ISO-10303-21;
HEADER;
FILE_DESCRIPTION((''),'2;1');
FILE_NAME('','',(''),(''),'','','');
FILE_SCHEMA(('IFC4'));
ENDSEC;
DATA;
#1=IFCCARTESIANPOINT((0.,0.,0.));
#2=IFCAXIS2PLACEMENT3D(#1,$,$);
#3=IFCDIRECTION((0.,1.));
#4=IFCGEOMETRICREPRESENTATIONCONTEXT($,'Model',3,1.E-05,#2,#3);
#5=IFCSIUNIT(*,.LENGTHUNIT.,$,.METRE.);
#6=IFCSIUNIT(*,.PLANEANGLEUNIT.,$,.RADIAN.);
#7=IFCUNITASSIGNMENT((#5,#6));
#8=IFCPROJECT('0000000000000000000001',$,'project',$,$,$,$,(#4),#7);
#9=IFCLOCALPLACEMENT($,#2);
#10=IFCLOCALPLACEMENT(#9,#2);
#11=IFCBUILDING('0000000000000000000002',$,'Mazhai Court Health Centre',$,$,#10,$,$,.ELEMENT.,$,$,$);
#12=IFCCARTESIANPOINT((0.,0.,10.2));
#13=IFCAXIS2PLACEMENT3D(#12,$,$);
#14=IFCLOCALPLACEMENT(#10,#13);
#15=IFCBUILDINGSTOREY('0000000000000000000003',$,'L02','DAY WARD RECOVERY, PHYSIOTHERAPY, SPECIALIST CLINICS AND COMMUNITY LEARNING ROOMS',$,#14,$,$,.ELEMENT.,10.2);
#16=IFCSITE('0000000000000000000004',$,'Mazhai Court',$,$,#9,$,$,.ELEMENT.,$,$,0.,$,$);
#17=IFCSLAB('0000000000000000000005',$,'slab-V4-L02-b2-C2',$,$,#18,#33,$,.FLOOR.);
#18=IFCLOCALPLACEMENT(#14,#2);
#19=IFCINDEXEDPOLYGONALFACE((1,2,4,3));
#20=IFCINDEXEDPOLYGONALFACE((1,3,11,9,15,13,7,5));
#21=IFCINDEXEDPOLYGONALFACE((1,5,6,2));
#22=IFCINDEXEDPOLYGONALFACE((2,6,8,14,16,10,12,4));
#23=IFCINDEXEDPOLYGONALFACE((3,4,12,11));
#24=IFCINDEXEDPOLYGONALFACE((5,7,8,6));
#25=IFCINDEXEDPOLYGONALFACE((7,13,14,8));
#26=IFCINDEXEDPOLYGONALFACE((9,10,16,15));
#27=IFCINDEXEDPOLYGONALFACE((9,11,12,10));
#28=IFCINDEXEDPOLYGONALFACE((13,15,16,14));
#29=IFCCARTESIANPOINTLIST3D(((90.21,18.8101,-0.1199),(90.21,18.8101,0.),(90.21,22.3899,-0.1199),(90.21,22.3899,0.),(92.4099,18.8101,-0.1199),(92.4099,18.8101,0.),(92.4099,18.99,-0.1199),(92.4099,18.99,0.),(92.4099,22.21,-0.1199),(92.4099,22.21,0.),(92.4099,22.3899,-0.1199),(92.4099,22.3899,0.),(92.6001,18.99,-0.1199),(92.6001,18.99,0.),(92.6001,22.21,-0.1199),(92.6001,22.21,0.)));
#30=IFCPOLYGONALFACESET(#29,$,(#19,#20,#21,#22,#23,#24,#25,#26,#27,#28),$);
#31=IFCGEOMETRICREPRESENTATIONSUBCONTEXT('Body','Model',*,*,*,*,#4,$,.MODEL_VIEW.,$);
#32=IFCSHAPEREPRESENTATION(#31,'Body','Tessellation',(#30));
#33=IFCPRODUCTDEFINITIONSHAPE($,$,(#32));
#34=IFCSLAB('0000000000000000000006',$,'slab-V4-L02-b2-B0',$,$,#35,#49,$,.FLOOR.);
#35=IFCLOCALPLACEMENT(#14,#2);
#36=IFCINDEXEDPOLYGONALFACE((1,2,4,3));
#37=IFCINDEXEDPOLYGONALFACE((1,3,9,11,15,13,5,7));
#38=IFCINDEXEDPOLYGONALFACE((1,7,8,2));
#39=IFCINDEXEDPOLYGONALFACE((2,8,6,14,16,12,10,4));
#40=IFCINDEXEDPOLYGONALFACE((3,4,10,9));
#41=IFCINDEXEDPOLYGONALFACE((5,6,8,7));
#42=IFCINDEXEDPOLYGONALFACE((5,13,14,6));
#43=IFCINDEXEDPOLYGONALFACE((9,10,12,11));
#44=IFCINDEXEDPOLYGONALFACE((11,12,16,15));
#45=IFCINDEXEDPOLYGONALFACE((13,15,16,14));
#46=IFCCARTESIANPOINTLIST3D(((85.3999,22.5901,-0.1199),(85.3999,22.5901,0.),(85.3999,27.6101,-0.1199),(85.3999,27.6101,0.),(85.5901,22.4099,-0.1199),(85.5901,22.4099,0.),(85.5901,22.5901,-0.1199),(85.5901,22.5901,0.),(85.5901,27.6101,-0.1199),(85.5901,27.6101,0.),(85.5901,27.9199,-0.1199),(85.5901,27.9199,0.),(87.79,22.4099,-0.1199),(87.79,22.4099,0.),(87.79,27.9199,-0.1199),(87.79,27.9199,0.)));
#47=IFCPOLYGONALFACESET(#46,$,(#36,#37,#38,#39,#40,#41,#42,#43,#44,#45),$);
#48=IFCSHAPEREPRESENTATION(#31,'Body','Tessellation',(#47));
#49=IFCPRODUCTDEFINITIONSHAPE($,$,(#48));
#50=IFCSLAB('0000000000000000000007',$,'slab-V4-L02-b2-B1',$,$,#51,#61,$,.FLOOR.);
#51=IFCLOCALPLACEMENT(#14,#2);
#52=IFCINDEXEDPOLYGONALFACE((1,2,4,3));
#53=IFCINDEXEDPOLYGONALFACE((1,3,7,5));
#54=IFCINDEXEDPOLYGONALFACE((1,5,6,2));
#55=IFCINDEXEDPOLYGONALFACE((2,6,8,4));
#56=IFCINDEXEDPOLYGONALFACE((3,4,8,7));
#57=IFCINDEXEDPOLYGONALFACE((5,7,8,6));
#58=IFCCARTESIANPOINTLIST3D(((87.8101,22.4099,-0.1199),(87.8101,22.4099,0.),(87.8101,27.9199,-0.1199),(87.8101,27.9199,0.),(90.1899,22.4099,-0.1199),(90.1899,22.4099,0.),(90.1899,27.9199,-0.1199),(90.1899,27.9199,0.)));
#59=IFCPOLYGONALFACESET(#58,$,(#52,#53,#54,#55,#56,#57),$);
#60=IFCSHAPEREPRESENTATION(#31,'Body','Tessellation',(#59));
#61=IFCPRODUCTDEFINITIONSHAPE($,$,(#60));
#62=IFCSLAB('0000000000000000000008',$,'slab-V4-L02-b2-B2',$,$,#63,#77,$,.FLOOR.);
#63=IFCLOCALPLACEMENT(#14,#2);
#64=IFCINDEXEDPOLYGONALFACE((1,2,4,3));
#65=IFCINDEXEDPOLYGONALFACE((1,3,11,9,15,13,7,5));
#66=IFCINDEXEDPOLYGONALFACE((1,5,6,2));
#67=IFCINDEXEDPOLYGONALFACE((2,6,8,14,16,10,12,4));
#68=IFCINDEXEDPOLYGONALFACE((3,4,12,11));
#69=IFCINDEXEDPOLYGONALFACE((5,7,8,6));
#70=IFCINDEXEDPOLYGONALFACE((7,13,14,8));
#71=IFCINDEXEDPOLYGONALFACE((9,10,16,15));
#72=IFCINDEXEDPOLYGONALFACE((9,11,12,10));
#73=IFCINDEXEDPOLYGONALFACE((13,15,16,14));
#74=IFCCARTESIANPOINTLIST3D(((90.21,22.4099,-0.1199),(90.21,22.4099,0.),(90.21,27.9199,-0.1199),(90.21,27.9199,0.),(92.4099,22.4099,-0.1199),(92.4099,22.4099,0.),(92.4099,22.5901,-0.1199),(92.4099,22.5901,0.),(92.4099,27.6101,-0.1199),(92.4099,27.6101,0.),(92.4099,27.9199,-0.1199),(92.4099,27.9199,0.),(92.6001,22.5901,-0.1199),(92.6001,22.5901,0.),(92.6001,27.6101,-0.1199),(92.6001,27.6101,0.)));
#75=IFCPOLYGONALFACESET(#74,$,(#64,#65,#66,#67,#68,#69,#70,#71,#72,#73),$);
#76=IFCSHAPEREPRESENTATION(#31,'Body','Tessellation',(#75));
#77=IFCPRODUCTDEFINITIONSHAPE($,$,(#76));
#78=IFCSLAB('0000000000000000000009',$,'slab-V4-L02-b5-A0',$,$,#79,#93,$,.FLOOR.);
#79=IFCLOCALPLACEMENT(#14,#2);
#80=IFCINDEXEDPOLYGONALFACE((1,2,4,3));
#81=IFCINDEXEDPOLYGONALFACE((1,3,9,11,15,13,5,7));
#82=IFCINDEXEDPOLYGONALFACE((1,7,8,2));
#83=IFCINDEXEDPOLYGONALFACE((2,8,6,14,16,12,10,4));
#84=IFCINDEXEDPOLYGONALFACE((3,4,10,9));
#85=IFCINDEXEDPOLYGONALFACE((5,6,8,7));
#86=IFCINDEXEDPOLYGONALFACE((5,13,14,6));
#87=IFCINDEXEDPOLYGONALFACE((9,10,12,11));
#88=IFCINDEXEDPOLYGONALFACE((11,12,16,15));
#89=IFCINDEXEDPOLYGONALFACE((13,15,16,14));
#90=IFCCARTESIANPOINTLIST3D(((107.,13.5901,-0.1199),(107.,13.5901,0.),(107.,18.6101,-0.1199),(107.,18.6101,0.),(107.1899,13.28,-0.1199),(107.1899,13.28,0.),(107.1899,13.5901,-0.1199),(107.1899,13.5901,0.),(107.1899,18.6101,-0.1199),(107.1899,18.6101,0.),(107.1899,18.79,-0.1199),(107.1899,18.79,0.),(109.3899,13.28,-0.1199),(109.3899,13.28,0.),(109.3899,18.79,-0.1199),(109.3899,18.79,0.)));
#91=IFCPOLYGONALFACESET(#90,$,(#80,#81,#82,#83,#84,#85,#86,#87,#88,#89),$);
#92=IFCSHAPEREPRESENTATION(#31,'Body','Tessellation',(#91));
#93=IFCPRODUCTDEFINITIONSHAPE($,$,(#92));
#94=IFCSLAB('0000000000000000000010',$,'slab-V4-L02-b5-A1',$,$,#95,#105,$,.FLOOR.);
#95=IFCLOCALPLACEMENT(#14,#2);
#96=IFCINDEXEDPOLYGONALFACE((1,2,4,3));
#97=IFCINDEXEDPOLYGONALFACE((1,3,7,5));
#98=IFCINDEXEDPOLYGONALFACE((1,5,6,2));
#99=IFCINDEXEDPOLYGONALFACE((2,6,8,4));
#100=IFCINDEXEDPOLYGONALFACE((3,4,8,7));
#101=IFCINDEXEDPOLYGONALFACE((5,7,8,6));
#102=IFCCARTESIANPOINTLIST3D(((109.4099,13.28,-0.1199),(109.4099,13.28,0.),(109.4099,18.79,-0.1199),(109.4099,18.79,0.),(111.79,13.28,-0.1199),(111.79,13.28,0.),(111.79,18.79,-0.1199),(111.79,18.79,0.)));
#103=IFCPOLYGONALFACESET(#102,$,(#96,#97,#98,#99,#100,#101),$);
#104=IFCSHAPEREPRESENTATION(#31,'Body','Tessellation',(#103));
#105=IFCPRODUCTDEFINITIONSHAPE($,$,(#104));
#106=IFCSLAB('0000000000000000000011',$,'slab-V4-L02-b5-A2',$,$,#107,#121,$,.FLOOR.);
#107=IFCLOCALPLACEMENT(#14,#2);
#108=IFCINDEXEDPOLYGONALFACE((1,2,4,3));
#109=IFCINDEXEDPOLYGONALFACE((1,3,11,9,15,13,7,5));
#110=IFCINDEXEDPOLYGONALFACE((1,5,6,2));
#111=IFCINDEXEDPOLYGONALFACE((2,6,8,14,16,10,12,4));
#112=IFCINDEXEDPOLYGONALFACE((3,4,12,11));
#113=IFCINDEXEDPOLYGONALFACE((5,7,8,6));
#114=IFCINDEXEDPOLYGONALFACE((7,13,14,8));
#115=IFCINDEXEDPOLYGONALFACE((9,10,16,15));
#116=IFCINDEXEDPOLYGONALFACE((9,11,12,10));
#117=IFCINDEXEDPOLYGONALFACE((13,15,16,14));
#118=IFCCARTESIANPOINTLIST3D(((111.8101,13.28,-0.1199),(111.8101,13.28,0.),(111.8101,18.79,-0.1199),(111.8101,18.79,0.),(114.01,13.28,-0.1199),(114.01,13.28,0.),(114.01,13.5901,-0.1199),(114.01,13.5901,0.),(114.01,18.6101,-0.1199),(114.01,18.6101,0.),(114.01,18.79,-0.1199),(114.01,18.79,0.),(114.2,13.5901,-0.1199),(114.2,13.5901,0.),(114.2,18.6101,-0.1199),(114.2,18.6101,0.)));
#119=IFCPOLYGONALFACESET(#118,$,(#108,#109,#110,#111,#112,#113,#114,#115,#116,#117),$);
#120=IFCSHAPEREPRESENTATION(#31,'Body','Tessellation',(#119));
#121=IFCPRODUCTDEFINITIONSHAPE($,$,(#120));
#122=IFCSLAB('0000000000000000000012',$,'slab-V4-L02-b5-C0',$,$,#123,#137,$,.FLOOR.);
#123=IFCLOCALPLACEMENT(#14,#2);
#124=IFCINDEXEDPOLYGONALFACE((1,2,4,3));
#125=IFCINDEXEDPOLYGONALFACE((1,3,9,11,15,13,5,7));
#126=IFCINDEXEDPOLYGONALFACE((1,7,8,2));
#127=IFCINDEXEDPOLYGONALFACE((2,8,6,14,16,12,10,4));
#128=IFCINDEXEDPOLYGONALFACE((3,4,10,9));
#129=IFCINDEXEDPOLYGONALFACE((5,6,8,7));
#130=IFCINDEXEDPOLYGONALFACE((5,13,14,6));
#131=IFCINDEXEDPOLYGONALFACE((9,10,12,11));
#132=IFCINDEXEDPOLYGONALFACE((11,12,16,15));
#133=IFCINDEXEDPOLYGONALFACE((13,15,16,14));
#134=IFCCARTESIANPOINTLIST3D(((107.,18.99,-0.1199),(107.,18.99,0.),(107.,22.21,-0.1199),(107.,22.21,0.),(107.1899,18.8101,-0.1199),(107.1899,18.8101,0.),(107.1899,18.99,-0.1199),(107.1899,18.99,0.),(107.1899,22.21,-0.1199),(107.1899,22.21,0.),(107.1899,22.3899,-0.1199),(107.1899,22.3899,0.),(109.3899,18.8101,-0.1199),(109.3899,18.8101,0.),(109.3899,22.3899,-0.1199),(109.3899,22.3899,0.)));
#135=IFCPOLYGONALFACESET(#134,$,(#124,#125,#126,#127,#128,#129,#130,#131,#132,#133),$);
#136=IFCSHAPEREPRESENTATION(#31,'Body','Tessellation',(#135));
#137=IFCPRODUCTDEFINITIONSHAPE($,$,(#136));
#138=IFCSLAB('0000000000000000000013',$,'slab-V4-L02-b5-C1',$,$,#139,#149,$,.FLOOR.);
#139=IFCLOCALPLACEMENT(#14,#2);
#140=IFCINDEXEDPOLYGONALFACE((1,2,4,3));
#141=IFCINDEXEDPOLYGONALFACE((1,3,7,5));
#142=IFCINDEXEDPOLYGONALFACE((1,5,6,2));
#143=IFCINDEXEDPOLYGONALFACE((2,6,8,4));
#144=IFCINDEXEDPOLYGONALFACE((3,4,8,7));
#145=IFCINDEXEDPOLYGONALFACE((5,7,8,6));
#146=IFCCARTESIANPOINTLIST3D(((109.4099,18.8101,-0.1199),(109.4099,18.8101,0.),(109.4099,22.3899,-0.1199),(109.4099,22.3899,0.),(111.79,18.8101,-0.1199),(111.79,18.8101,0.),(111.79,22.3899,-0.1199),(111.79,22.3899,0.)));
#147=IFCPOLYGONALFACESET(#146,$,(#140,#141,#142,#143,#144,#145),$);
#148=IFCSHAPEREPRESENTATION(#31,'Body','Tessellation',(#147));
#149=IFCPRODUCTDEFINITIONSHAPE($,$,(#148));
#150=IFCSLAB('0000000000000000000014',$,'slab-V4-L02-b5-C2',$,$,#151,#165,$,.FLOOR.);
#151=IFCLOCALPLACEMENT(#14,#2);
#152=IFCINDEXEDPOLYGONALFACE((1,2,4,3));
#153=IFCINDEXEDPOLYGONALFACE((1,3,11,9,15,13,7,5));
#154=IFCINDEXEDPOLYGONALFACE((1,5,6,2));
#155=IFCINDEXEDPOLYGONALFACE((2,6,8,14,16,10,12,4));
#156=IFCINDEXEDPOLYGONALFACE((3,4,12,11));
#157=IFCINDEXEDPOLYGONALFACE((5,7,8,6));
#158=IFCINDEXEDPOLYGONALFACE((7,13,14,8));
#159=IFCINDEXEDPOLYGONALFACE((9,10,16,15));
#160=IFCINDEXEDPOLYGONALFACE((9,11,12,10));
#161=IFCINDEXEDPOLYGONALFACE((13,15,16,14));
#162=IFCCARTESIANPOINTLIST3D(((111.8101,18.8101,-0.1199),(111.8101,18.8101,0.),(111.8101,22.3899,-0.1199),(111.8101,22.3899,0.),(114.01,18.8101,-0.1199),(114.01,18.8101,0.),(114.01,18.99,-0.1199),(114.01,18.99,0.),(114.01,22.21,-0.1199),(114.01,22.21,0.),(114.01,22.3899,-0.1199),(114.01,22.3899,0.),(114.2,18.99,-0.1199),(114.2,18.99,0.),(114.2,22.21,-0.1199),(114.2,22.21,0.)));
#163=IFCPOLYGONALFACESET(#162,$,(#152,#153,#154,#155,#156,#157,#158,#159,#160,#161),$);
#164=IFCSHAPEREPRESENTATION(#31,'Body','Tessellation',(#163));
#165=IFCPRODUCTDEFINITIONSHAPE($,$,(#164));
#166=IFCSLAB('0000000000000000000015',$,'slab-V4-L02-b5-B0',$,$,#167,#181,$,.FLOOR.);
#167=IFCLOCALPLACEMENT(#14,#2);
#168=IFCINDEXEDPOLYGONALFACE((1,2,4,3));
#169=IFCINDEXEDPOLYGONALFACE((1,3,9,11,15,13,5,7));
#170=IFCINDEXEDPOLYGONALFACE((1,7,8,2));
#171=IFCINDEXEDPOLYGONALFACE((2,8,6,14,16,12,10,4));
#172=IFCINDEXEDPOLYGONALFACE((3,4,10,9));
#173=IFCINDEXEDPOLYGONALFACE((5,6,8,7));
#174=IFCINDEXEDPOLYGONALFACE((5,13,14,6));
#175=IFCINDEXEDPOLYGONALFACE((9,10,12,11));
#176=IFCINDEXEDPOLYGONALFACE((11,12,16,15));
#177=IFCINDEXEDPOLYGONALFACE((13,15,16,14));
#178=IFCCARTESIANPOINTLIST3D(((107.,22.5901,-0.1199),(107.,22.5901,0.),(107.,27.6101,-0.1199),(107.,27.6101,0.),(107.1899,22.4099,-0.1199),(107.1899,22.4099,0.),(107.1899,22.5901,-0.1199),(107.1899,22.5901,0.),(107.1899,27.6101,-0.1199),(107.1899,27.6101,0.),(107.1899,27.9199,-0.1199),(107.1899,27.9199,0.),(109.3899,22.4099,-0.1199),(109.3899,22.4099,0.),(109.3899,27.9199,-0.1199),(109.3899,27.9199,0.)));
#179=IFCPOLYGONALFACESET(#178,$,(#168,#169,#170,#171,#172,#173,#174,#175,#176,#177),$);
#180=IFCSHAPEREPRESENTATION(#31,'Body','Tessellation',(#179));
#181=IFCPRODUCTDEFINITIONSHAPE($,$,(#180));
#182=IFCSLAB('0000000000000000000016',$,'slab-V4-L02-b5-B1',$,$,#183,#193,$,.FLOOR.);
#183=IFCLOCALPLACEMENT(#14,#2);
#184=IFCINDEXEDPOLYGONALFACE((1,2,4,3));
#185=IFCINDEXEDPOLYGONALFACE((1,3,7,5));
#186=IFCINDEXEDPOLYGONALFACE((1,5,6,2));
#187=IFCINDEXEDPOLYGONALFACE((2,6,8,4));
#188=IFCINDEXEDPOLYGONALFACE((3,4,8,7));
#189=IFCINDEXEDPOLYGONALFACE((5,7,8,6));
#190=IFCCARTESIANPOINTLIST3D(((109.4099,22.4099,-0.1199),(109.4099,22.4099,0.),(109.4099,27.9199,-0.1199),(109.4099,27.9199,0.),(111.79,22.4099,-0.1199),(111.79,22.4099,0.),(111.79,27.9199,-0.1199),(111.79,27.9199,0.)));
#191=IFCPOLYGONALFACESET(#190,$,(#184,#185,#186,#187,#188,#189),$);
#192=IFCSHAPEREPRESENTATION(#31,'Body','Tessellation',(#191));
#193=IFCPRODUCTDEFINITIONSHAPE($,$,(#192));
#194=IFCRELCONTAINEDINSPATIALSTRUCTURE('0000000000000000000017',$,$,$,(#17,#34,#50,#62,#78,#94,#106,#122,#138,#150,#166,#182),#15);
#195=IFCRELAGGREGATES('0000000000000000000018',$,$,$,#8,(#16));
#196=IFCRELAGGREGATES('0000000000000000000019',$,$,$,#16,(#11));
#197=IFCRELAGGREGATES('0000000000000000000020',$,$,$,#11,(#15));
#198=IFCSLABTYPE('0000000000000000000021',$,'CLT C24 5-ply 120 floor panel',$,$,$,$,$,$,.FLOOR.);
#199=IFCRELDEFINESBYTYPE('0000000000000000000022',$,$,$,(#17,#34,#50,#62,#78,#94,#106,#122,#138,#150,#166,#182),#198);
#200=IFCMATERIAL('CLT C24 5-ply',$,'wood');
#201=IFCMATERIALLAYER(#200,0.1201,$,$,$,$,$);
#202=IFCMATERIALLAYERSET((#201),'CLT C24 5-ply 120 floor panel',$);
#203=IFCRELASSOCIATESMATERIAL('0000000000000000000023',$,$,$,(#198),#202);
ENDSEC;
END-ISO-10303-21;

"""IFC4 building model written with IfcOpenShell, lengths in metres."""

from ifc_helpers import new_model, si_unit, direction, frame, origin, place, context, subcontext, project, spatial, polyline, outline, extrude, material, layer, layer_set, type_object, element, save


model = new_model("IFC4")

# Units and contexts
model_context = context("Model", 3, precision=1e-05, world=origin(), true_north=direction((0.0, 1.0)))
body_context = subcontext(model_context, "Body", "Model", "MODEL_VIEW")
ifc_project = project(units=[si_unit("LENGTHUNIT", "METRE"), si_unit("PLANEANGLEUNIT", "RADIAN")], contexts=[model_context])

# Site, building, storey
site_placement = place(None, origin())
site = spatial("IfcSite", under=ifc_project, at=site_placement, Name="Mazhai Court", CompositionType="ELEMENT", RefElevation=0.0)
building_placement = place(site_placement, origin())
building = spatial("IfcBuilding", under=site, at=building_placement, Name="Mazhai Court Health Centre", CompositionType="ELEMENT")
storey_placement = place(building_placement, frame((0.0, 0.0, 10.2)))
storey = spatial("IfcBuildingStorey", under=building, at=storey_placement, Name="L02", Description="DAY WARD RECOVERY, PHYSIOTHERAPY, SPECIALIST CLINICS AND COMMUNITY LEARNING ROOMS", CompositionType="ELEMENT", Elevation=10.2)

# Slabs
ifc_material = material(Name="CLT C24 5-ply", Category="wood")
ifc_layer = layer(ifc_material, 0.1201)
ifc_layer_set = layer_set([ifc_layer], Name="CLT C24 5-ply 120 floor panel")
slab_type = type_object("IfcSlabType", Name="CLT C24 5-ply 120 floor panel", PredefinedType="FLOOR", material=ifc_layer_set)
slab_1_placement = place(storey_placement, frame((0.0, 0.0, -0.1199)))
element("IfcSlab", 1, at=slab_1_placement, inside=storey, type_object=slab_type, Name="slab-V4-L02-b2-C2", PredefinedType="FLOOR", context=body_context, shape_type="SweptSolid", body=[
    extrude(outline(polyline([(92.6001, 18.99), (92.6001, 22.21), (92.4099, 22.21), (92.4099, 22.3899), (90.21, 22.3899), (90.21, 18.8101), (92.4099, 18.8101), (92.4099, 18.99), (92.6001, 18.99)])), origin(), (0.0, 0.0, 1.0), 0.1199),
])
slab_2_placement = place(storey_placement, frame((0.0, 0.0, -0.1199)))
element("IfcSlab", 2, at=slab_2_placement, inside=storey, type_object=slab_type, Name="slab-V4-L02-b2-B0", PredefinedType="FLOOR", context=body_context, shape_type="SweptSolid", body=[
    extrude(outline(polyline([(87.79, 27.9199), (85.5901, 27.9199), (85.5901, 27.6101), (85.3999, 27.6101), (85.3999, 22.5901), (85.5901, 22.5901), (85.5901, 22.4099), (87.79, 22.4099), (87.79, 27.9199)])), origin(), (0.0, 0.0, 1.0), 0.1199),
])
slab_3_placement = place(storey_placement, frame((0.0, 0.0, -0.1199)))
element("IfcSlab", 3, at=slab_3_placement, inside=storey, type_object=slab_type, Name="slab-V4-L02-b2-B1", PredefinedType="FLOOR", context=body_context, shape_type="SweptSolid", body=[
    extrude(outline(polyline([(87.8101, 22.4099), (90.1899, 22.4099), (90.1899, 27.9199), (87.8101, 27.9199), (87.8101, 22.4099)])), origin(), (0.0, 0.0, 1.0), 0.1199),
])
slab_4_placement = place(storey_placement, frame((0.0, 0.0, -0.1199)))
element("IfcSlab", 4, at=slab_4_placement, inside=storey, type_object=slab_type, Name="slab-V4-L02-b2-B2", PredefinedType="FLOOR", context=body_context, shape_type="SweptSolid", body=[
    extrude(outline(polyline([(92.6001, 22.5901), (92.6001, 27.6101), (92.4099, 27.6101), (92.4099, 27.9199), (90.21, 27.9199), (90.21, 22.4099), (92.4099, 22.4099), (92.4099, 22.5901), (92.6001, 22.5901)])), origin(), (0.0, 0.0, 1.0), 0.1199),
])
slab_5_placement = place(storey_placement, frame((0.0, 0.0, -0.1199)))
element("IfcSlab", 5, at=slab_5_placement, inside=storey, type_object=slab_type, Name="slab-V4-L02-b5-A0", PredefinedType="FLOOR", context=body_context, shape_type="SweptSolid", body=[
    extrude(outline(polyline([(109.3899, 18.79), (107.1899, 18.79), (107.1899, 18.6101), (107.0, 18.6101), (107.0, 13.5901), (107.1899, 13.5901), (107.1899, 13.28), (109.3899, 13.28), (109.3899, 18.79)])), origin(), (0.0, 0.0, 1.0), 0.1199),
])
slab_6_placement = place(storey_placement, frame((0.0, 0.0, -0.1199)))
element("IfcSlab", 6, at=slab_6_placement, inside=storey, type_object=slab_type, Name="slab-V4-L02-b5-A1", PredefinedType="FLOOR", context=body_context, shape_type="SweptSolid", body=[
    extrude(outline(polyline([(109.4099, 13.28), (111.79, 13.28), (111.79, 18.79), (109.4099, 18.79), (109.4099, 13.28)])), origin(), (0.0, 0.0, 1.0), 0.1199),
])
slab_7_placement = place(storey_placement, frame((0.0, 0.0, -0.1199)))
element("IfcSlab", 7, at=slab_7_placement, inside=storey, type_object=slab_type, Name="slab-V4-L02-b5-A2", PredefinedType="FLOOR", context=body_context, shape_type="SweptSolid", body=[
    extrude(outline(polyline([(114.2, 13.5901), (114.2, 18.6101), (114.01, 18.6101), (114.01, 18.79), (111.8101, 18.79), (111.8101, 13.28), (114.01, 13.28), (114.01, 13.5901), (114.2, 13.5901)])), origin(), (0.0, 0.0, 1.0), 0.1199),
])
slab_8_placement = place(storey_placement, frame((0.0, 0.0, -0.1199)))
element("IfcSlab", 8, at=slab_8_placement, inside=storey, type_object=slab_type, Name="slab-V4-L02-b5-C0", PredefinedType="FLOOR", context=body_context, shape_type="SweptSolid", body=[
    extrude(outline(polyline([(109.3899, 22.3899), (107.1899, 22.3899), (107.1899, 22.21), (107.0, 22.21), (107.0, 18.99), (107.1899, 18.99), (107.1899, 18.8101), (109.3899, 18.8101), (109.3899, 22.3899)])), origin(), (0.0, 0.0, 1.0), 0.1199),
])
slab_9_placement = place(storey_placement, frame((0.0, 0.0, -0.1199)))
element("IfcSlab", 9, at=slab_9_placement, inside=storey, type_object=slab_type, Name="slab-V4-L02-b5-C1", PredefinedType="FLOOR", context=body_context, shape_type="SweptSolid", body=[
    extrude(outline(polyline([(109.4099, 18.8101), (111.79, 18.8101), (111.79, 22.3899), (109.4099, 22.3899), (109.4099, 18.8101)])), origin(), (0.0, 0.0, 1.0), 0.1199),
])
slab_10_placement = place(storey_placement, frame((0.0, 0.0, -0.1199)))
element("IfcSlab", 10, at=slab_10_placement, inside=storey, type_object=slab_type, Name="slab-V4-L02-b5-C2", PredefinedType="FLOOR", context=body_context, shape_type="SweptSolid", body=[
    extrude(outline(polyline([(114.2, 18.99), (114.2, 22.21), (114.01, 22.21), (114.01, 22.3899), (111.8101, 22.3899), (111.8101, 18.8101), (114.01, 18.8101), (114.01, 18.99), (114.2, 18.99)])), origin(), (0.0, 0.0, 1.0), 0.1199),
])
slab_11_placement = place(storey_placement, frame((0.0, 0.0, -0.1199)))
element("IfcSlab", 11, at=slab_11_placement, inside=storey, type_object=slab_type, Name="slab-V4-L02-b5-B0", PredefinedType="FLOOR", context=body_context, shape_type="SweptSolid", body=[
    extrude(outline(polyline([(109.3899, 27.9199), (107.1899, 27.9199), (107.1899, 27.6101), (107.0, 27.6101), (107.0, 22.5901), (107.1899, 22.5901), (107.1899, 22.4099), (109.3899, 22.4099), (109.3899, 27.9199)])), origin(), (0.0, 0.0, 1.0), 0.1199),
])
slab_12_placement = place(storey_placement, frame((0.0, 0.0, -0.1199)))
element("IfcSlab", 12, at=slab_12_placement, inside=storey, type_object=slab_type, Name="slab-V4-L02-b5-B1", PredefinedType="FLOOR", context=body_context, shape_type="SweptSolid", body=[
    extrude(outline(polyline([(109.4099, 22.4099), (111.79, 22.4099), (111.79, 27.9199), (109.4099, 27.9199), (109.4099, 22.4099)])), origin(), (0.0, 0.0, 1.0), 0.1199),
])

save(model, "model.ifc")
